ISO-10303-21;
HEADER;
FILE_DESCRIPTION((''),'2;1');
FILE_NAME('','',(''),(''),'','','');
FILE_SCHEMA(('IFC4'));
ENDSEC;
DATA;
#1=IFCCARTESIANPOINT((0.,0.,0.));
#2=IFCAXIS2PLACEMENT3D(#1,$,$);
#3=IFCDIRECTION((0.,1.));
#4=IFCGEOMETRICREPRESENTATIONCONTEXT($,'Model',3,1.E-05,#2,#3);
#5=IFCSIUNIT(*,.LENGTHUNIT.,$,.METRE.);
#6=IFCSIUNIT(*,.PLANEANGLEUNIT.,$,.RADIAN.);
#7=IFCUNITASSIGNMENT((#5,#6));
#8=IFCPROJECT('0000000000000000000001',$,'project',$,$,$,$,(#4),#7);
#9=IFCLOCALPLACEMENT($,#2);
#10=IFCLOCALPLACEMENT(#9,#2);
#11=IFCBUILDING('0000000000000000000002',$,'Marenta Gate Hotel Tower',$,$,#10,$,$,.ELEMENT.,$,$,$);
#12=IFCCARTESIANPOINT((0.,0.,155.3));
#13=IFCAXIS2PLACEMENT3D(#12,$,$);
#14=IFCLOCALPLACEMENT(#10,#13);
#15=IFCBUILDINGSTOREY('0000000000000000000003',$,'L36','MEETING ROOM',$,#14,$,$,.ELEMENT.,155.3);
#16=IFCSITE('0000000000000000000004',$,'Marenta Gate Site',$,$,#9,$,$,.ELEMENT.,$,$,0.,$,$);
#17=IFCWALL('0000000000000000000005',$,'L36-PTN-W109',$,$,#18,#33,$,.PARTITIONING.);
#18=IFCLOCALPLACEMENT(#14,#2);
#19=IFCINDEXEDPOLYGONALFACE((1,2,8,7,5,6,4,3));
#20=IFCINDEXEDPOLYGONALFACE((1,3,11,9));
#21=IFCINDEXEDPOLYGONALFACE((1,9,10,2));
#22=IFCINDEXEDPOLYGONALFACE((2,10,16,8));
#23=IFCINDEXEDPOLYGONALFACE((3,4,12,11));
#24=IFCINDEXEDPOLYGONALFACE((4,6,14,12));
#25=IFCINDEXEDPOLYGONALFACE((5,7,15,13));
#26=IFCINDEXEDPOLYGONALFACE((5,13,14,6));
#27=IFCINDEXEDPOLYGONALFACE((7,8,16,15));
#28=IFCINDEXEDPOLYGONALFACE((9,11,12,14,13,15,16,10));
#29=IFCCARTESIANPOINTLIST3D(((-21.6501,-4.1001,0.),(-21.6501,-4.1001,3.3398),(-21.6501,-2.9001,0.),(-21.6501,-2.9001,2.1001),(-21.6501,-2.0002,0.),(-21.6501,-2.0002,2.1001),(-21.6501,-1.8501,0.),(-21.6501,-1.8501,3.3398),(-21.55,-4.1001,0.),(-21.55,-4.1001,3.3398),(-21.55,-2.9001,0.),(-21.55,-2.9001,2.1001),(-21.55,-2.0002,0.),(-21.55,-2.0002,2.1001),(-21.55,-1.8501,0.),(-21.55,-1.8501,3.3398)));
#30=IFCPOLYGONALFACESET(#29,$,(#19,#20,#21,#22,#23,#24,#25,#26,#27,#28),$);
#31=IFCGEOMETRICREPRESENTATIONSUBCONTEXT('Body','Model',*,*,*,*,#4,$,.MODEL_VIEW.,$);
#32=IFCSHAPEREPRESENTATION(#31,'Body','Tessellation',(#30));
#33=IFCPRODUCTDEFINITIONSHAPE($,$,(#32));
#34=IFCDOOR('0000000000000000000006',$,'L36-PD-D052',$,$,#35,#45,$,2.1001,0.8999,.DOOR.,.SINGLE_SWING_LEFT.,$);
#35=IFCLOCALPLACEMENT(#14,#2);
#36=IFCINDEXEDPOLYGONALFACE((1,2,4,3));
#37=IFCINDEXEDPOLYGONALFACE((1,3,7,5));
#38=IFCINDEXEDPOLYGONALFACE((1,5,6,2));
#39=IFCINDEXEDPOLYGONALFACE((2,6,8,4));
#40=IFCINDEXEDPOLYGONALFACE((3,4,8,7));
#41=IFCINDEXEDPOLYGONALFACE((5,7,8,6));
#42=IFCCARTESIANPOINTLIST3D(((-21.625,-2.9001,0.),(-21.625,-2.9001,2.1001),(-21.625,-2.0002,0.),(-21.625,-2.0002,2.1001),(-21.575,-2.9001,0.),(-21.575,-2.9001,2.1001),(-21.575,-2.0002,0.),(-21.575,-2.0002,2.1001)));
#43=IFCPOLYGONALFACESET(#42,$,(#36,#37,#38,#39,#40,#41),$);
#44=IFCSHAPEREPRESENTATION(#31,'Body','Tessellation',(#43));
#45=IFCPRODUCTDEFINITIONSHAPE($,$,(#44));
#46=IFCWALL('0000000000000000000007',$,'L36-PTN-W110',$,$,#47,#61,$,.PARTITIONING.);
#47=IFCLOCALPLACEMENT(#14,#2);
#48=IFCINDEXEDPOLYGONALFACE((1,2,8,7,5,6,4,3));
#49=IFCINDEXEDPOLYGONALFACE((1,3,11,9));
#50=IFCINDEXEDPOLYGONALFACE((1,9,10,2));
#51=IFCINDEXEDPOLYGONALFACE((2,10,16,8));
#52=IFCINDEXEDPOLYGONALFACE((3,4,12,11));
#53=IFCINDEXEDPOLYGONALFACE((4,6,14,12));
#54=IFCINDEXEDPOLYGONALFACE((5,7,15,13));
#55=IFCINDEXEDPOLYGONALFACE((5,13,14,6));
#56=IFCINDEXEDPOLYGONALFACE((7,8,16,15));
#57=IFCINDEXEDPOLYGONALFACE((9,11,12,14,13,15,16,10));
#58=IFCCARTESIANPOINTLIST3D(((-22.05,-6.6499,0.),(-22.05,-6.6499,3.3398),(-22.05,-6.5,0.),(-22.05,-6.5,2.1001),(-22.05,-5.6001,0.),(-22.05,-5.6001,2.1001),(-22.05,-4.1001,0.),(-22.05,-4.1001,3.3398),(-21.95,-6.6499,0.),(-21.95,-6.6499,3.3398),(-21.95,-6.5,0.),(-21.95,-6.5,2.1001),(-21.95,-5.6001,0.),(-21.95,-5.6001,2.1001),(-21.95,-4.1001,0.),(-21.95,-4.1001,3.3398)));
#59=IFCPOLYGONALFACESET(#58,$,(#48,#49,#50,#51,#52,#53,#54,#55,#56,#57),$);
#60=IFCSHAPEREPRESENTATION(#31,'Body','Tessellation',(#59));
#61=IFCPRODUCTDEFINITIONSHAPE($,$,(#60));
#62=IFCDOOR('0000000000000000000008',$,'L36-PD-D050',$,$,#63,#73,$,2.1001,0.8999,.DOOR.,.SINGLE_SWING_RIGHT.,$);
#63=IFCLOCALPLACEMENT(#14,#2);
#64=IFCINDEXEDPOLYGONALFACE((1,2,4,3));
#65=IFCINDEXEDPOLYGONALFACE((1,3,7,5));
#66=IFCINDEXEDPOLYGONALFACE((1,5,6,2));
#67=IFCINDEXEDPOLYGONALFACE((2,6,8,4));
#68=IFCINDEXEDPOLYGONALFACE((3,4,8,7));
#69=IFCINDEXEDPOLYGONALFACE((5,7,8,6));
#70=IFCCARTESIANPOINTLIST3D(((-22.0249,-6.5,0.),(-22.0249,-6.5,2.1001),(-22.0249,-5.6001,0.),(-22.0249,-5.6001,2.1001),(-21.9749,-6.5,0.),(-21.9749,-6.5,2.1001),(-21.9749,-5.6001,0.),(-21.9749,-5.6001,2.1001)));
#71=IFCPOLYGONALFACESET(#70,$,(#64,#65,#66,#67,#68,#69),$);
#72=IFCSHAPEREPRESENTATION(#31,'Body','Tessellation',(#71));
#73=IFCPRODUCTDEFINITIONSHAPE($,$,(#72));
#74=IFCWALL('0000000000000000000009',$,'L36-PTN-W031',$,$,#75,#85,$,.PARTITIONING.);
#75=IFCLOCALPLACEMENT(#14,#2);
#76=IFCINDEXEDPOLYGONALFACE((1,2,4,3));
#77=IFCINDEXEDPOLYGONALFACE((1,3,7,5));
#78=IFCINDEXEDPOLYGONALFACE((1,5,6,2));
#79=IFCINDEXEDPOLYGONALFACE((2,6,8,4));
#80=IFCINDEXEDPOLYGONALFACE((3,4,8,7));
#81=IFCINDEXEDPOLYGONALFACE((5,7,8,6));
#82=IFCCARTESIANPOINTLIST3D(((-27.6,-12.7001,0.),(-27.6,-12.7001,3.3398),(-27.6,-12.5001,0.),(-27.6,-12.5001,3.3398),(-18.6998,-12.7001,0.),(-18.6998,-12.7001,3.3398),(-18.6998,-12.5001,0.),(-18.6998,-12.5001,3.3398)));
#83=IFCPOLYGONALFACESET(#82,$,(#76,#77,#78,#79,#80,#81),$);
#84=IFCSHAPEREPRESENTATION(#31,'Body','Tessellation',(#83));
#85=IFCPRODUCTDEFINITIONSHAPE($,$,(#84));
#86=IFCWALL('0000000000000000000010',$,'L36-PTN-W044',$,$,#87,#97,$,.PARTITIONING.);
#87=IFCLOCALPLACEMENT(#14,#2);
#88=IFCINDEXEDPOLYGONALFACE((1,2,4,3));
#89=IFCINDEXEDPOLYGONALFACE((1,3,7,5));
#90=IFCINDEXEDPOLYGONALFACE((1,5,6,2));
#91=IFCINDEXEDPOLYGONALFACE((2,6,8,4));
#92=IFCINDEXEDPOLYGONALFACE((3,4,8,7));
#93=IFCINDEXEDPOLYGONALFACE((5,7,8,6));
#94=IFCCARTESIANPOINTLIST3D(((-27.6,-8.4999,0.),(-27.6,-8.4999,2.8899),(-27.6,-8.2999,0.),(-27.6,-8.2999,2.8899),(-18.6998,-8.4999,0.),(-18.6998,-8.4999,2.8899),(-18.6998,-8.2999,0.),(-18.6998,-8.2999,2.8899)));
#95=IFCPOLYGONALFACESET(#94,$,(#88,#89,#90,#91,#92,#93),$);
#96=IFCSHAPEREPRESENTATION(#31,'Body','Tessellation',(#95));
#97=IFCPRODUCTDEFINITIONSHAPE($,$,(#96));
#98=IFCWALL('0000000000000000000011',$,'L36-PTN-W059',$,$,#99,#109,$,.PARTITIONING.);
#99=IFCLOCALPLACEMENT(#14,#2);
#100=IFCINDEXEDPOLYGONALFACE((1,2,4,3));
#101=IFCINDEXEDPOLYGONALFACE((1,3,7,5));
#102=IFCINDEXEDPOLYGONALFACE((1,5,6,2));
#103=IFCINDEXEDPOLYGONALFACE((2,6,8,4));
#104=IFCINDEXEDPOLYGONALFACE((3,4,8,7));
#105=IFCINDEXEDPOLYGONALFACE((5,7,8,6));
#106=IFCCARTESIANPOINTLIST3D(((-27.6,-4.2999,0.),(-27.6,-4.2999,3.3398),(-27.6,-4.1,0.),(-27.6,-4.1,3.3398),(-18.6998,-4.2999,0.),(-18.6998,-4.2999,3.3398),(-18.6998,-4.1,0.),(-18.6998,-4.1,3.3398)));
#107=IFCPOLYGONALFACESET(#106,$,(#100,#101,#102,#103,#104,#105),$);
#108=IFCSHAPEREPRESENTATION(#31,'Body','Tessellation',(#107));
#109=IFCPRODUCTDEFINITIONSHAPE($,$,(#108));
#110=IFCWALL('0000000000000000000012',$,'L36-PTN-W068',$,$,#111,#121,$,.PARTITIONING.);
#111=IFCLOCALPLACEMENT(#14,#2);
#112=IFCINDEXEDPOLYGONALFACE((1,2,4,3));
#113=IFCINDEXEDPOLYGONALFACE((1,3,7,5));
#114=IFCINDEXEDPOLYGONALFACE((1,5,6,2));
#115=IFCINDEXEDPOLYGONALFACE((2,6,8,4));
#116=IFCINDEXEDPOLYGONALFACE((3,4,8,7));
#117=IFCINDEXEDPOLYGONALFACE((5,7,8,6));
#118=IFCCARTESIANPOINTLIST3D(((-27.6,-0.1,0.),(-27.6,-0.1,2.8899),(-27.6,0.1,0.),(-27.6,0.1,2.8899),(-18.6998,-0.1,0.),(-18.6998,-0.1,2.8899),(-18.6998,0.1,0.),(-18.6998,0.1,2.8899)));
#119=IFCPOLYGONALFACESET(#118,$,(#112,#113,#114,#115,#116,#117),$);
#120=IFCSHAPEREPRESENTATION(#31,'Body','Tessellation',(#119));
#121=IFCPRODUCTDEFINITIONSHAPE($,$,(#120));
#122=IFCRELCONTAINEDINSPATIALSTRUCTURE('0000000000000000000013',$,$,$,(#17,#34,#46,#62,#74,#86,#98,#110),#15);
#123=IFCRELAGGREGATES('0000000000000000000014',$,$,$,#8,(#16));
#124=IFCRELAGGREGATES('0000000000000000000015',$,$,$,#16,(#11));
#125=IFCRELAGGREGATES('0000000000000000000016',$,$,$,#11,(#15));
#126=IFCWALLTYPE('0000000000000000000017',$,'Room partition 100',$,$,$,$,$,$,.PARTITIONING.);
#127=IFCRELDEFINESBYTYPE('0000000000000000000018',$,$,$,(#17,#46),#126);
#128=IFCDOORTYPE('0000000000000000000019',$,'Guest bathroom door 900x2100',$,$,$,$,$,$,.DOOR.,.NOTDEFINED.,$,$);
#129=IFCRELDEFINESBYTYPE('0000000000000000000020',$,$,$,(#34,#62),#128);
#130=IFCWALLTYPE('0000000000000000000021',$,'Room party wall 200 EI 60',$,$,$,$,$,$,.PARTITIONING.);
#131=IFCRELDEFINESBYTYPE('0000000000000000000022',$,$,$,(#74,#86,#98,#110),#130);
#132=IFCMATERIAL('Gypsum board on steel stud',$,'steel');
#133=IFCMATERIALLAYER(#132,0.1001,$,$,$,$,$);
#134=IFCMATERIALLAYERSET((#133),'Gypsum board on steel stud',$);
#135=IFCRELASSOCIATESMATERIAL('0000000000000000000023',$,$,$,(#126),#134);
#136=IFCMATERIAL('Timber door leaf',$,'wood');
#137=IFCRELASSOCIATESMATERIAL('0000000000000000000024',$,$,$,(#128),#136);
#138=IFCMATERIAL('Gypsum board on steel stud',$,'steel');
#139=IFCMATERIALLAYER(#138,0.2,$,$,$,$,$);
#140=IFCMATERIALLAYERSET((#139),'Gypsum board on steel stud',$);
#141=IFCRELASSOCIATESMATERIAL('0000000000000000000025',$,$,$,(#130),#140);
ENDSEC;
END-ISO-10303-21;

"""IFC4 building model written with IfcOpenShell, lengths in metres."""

from ifc_helpers import new_model, si_unit, direction, frame, frame_2d, origin, place, context, subcontext, project, spatial, rectangle, extrude, material, layer, layer_set, type_object, element, fill, save


model = new_model("IFC4")

# Units and contexts
model_context = context("Model", 3, precision=1e-05, world=origin(), true_north=direction((0.0, 1.0)))
body_context = subcontext(model_context, "Body", "Model", "MODEL_VIEW")
ifc_project = project(units=[si_unit("LENGTHUNIT", "METRE"), si_unit("PLANEANGLEUNIT", "RADIAN")], contexts=[model_context])

# Site, building, storey
site_placement = place(None, origin())
site = spatial("IfcSite", under=ifc_project, at=site_placement, Name="Marenta Gate Site", CompositionType="ELEMENT", RefElevation=0.0)
building_placement = place(site_placement, origin())
building = spatial("IfcBuilding", under=site, at=building_placement, Name="Marenta Gate Hotel Tower", CompositionType="ELEMENT")
storey_placement = place(building_placement, frame((0.0, 0.0, 155.3)))
storey = spatial("IfcBuildingStorey", under=building, at=storey_placement, Name="L36", Description="MEETING ROOM", CompositionType="ELEMENT", Elevation=155.3)

# Shared definitions
ifc_material_1 = material(Name="Gypsum board on steel stud", Category="steel")
ifc_layer_1 = layer(ifc_material_1, 0.1001)
ifc_layer_set_1 = layer_set([ifc_layer_1], Name="Gypsum board on steel stud")
wall_type_1 = type_object("IfcWallType", Name="Room partition 100", PredefinedType="PARTITIONING", material=ifc_layer_set_1)
ifc_material_2 = material(Name="Timber door leaf", Category="wood")
door_type_1 = type_object("IfcDoorType", Name="Guest bathroom door 900x2100", OperationType="NOTDEFINED", PredefinedType="DOOR", material=ifc_material_2)

# Walls, openings, doors
wall_1_placement = place(storey_placement, frame((-21.6001, -4.1001, 0.0), z_axis=(0.0, 0.0, 1.0), x_axis=(0.0, 1.0, 0.0)))
wall_1 = element("IfcWall", 1, at=wall_1_placement, inside=storey, type_object=wall_type_1, Name="L36-PTN-W109", PredefinedType="PARTITIONING", context=body_context, shape_type="SweptSolid", body=[
    extrude(rectangle(XDim=2.25, YDim=0.1001, at=frame_2d((1.125, 0.0))), origin(), (0.0, 0.0, 1.0), 3.3398),
])
opening_1_placement = place(wall_1_placement, frame((1.2, 0.0, 0.0)))
opening_1 = element("IfcOpeningElement", 2, at=opening_1_placement, cuts=wall_1, PredefinedType="OPENING", context=body_context, shape_type="SweptSolid", body=[
    extrude(rectangle(XDim=0.8999, YDim=2.1001, at=frame_2d((0.45, 1.05))), frame((0.0, 0.05, 0.0), z_axis=(0.0, -1.0, 0.0), x_axis=(1.0, 0.0, 0.0)), (0.0, 0.0, 1.0), 0.1001),
])
door_1_placement = place(opening_1_placement, origin())
door_1 = element("IfcDoor", 3, at=door_1_placement, inside=storey, type_object=door_type_1, Name="L36-PD-D052", OperationType="SINGLE_SWING_LEFT", OverallHeight=2.1001, OverallWidth=0.8999, PredefinedType="DOOR", context=body_context, shape_type="SweptSolid", body=[
    extrude(rectangle(XDim=0.8999, YDim=2.1001, at=frame_2d((0.45, 1.05))), frame((0.0, 0.0249, 0.0), z_axis=(0.0, -1.0, 0.0), x_axis=(1.0, 0.0, 0.0)), (0.0, 0.0, 1.0), 0.05),
])
fill(opening_1, door_1)
wall_2_placement = place(storey_placement, frame((-22.0, -6.6499, 0.0), z_axis=(0.0, 0.0, 1.0), x_axis=(0.0, 1.0, 0.0)))
wall_2 = element("IfcWall", 4, at=wall_2_placement, inside=storey, type_object=wall_type_1, Name="L36-PTN-W110", PredefinedType="PARTITIONING", context=body_context, shape_type="SweptSolid", body=[
    extrude(rectangle(XDim=2.5498, YDim=0.1001, at=frame_2d((1.2749, 0.0))), origin(), (0.0, 0.0, 1.0), 3.3398),
])
opening_2_placement = place(wall_2_placement, frame((0.1499, 0.0, 0.0)))
opening_2 = element("IfcOpeningElement", 5, at=opening_2_placement, cuts=wall_2, PredefinedType="OPENING", context=body_context, shape_type="SweptSolid", body=[
    extrude(rectangle(XDim=0.8999, YDim=2.1001, at=frame_2d((0.45, 1.05))), frame((0.0, 0.05, 0.0), z_axis=(0.0, -1.0, 0.0), x_axis=(1.0, 0.0, 0.0)), (0.0, 0.0, 1.0), 0.1001),
])
door_2_placement = place(opening_2_placement, origin())
door_2 = element("IfcDoor", 6, at=door_2_placement, inside=storey, type_object=door_type_1, Name="L36-PD-D050", OperationType="SINGLE_SWING_RIGHT", OverallHeight=2.1001, OverallWidth=0.8999, PredefinedType="DOOR", context=body_context, shape_type="SweptSolid", body=[
    extrude(rectangle(XDim=0.8999, YDim=2.1001, at=frame_2d((0.45, 1.05))), frame((0.0, 0.0249, 0.0), z_axis=(0.0, -1.0, 0.0), x_axis=(1.0, 0.0, 0.0)), (0.0, 0.0, 1.0), 0.05),
])
fill(opening_2, door_2)

# Walls
ifc_material_3 = material(Name="Gypsum board on steel stud", Category="steel")
ifc_layer_2 = layer(ifc_material_3, 0.2)
ifc_layer_set_2 = layer_set([ifc_layer_2], Name="Gypsum board on steel stud")
wall_type_2 = type_object("IfcWallType", Name="Room party wall 200 EI 60", PredefinedType="PARTITIONING", material=ifc_layer_set_2)
wall_3_placement = place(storey_placement, frame((-27.6001, -12.6001, 0.0), z_axis=(0.0, 0.0, 1.0), x_axis=(1.0, 0.0, 0.0)))
element("IfcWall", 7, at=wall_3_placement, inside=storey, type_object=wall_type_2, Name="L36-PTN-W031", PredefinedType="PARTITIONING", context=body_context, shape_type="SweptSolid", body=[
    extrude(rectangle(XDim=8.9001, YDim=0.2, at=frame_2d((4.4502, 0.0))), origin(), (0.0, 0.0, 1.0), 3.3398),
])
wall_4_placement = place(storey_placement, frame((-27.6001, -8.3999, 0.0), z_axis=(0.0, 0.0, 1.0), x_axis=(1.0, 0.0, 0.0)))
element("IfcWall", 8, at=wall_4_placement, inside=storey, type_object=wall_type_2, Name="L36-PTN-W044", PredefinedType="PARTITIONING", context=body_context, shape_type="SweptSolid", body=[
    extrude(rectangle(XDim=8.9001, YDim=0.2, at=frame_2d((4.4502, 0.0))), origin(), (0.0, 0.0, 1.0), 2.8899),
])
wall_5_placement = place(storey_placement, frame((-27.6001, -4.2, 0.0), z_axis=(0.0, 0.0, 1.0), x_axis=(1.0, 0.0, 0.0)))
element("IfcWall", 9, at=wall_5_placement, inside=storey, type_object=wall_type_2, Name="L36-PTN-W059", PredefinedType="PARTITIONING", context=body_context, shape_type="SweptSolid", body=[
    extrude(rectangle(XDim=8.9001, YDim=0.2, at=frame_2d((4.4502, 0.0))), origin(), (0.0, 0.0, 1.0), 3.3398),
])
wall_6_placement = place(storey_placement, frame((-27.6001, 0.0, 0.0), z_axis=(0.0, 0.0, 1.0), x_axis=(1.0, 0.0, 0.0)))
element("IfcWall", 10, at=wall_6_placement, inside=storey, type_object=wall_type_2, Name="L36-PTN-W068", PredefinedType="PARTITIONING", context=body_context, shape_type="SweptSolid", body=[
    extrude(rectangle(XDim=8.9001, YDim=0.2, at=frame_2d((4.4502, 0.0))), origin(), (0.0, 0.0, 1.0), 2.8899),
])

save(model, "model.ifc")
